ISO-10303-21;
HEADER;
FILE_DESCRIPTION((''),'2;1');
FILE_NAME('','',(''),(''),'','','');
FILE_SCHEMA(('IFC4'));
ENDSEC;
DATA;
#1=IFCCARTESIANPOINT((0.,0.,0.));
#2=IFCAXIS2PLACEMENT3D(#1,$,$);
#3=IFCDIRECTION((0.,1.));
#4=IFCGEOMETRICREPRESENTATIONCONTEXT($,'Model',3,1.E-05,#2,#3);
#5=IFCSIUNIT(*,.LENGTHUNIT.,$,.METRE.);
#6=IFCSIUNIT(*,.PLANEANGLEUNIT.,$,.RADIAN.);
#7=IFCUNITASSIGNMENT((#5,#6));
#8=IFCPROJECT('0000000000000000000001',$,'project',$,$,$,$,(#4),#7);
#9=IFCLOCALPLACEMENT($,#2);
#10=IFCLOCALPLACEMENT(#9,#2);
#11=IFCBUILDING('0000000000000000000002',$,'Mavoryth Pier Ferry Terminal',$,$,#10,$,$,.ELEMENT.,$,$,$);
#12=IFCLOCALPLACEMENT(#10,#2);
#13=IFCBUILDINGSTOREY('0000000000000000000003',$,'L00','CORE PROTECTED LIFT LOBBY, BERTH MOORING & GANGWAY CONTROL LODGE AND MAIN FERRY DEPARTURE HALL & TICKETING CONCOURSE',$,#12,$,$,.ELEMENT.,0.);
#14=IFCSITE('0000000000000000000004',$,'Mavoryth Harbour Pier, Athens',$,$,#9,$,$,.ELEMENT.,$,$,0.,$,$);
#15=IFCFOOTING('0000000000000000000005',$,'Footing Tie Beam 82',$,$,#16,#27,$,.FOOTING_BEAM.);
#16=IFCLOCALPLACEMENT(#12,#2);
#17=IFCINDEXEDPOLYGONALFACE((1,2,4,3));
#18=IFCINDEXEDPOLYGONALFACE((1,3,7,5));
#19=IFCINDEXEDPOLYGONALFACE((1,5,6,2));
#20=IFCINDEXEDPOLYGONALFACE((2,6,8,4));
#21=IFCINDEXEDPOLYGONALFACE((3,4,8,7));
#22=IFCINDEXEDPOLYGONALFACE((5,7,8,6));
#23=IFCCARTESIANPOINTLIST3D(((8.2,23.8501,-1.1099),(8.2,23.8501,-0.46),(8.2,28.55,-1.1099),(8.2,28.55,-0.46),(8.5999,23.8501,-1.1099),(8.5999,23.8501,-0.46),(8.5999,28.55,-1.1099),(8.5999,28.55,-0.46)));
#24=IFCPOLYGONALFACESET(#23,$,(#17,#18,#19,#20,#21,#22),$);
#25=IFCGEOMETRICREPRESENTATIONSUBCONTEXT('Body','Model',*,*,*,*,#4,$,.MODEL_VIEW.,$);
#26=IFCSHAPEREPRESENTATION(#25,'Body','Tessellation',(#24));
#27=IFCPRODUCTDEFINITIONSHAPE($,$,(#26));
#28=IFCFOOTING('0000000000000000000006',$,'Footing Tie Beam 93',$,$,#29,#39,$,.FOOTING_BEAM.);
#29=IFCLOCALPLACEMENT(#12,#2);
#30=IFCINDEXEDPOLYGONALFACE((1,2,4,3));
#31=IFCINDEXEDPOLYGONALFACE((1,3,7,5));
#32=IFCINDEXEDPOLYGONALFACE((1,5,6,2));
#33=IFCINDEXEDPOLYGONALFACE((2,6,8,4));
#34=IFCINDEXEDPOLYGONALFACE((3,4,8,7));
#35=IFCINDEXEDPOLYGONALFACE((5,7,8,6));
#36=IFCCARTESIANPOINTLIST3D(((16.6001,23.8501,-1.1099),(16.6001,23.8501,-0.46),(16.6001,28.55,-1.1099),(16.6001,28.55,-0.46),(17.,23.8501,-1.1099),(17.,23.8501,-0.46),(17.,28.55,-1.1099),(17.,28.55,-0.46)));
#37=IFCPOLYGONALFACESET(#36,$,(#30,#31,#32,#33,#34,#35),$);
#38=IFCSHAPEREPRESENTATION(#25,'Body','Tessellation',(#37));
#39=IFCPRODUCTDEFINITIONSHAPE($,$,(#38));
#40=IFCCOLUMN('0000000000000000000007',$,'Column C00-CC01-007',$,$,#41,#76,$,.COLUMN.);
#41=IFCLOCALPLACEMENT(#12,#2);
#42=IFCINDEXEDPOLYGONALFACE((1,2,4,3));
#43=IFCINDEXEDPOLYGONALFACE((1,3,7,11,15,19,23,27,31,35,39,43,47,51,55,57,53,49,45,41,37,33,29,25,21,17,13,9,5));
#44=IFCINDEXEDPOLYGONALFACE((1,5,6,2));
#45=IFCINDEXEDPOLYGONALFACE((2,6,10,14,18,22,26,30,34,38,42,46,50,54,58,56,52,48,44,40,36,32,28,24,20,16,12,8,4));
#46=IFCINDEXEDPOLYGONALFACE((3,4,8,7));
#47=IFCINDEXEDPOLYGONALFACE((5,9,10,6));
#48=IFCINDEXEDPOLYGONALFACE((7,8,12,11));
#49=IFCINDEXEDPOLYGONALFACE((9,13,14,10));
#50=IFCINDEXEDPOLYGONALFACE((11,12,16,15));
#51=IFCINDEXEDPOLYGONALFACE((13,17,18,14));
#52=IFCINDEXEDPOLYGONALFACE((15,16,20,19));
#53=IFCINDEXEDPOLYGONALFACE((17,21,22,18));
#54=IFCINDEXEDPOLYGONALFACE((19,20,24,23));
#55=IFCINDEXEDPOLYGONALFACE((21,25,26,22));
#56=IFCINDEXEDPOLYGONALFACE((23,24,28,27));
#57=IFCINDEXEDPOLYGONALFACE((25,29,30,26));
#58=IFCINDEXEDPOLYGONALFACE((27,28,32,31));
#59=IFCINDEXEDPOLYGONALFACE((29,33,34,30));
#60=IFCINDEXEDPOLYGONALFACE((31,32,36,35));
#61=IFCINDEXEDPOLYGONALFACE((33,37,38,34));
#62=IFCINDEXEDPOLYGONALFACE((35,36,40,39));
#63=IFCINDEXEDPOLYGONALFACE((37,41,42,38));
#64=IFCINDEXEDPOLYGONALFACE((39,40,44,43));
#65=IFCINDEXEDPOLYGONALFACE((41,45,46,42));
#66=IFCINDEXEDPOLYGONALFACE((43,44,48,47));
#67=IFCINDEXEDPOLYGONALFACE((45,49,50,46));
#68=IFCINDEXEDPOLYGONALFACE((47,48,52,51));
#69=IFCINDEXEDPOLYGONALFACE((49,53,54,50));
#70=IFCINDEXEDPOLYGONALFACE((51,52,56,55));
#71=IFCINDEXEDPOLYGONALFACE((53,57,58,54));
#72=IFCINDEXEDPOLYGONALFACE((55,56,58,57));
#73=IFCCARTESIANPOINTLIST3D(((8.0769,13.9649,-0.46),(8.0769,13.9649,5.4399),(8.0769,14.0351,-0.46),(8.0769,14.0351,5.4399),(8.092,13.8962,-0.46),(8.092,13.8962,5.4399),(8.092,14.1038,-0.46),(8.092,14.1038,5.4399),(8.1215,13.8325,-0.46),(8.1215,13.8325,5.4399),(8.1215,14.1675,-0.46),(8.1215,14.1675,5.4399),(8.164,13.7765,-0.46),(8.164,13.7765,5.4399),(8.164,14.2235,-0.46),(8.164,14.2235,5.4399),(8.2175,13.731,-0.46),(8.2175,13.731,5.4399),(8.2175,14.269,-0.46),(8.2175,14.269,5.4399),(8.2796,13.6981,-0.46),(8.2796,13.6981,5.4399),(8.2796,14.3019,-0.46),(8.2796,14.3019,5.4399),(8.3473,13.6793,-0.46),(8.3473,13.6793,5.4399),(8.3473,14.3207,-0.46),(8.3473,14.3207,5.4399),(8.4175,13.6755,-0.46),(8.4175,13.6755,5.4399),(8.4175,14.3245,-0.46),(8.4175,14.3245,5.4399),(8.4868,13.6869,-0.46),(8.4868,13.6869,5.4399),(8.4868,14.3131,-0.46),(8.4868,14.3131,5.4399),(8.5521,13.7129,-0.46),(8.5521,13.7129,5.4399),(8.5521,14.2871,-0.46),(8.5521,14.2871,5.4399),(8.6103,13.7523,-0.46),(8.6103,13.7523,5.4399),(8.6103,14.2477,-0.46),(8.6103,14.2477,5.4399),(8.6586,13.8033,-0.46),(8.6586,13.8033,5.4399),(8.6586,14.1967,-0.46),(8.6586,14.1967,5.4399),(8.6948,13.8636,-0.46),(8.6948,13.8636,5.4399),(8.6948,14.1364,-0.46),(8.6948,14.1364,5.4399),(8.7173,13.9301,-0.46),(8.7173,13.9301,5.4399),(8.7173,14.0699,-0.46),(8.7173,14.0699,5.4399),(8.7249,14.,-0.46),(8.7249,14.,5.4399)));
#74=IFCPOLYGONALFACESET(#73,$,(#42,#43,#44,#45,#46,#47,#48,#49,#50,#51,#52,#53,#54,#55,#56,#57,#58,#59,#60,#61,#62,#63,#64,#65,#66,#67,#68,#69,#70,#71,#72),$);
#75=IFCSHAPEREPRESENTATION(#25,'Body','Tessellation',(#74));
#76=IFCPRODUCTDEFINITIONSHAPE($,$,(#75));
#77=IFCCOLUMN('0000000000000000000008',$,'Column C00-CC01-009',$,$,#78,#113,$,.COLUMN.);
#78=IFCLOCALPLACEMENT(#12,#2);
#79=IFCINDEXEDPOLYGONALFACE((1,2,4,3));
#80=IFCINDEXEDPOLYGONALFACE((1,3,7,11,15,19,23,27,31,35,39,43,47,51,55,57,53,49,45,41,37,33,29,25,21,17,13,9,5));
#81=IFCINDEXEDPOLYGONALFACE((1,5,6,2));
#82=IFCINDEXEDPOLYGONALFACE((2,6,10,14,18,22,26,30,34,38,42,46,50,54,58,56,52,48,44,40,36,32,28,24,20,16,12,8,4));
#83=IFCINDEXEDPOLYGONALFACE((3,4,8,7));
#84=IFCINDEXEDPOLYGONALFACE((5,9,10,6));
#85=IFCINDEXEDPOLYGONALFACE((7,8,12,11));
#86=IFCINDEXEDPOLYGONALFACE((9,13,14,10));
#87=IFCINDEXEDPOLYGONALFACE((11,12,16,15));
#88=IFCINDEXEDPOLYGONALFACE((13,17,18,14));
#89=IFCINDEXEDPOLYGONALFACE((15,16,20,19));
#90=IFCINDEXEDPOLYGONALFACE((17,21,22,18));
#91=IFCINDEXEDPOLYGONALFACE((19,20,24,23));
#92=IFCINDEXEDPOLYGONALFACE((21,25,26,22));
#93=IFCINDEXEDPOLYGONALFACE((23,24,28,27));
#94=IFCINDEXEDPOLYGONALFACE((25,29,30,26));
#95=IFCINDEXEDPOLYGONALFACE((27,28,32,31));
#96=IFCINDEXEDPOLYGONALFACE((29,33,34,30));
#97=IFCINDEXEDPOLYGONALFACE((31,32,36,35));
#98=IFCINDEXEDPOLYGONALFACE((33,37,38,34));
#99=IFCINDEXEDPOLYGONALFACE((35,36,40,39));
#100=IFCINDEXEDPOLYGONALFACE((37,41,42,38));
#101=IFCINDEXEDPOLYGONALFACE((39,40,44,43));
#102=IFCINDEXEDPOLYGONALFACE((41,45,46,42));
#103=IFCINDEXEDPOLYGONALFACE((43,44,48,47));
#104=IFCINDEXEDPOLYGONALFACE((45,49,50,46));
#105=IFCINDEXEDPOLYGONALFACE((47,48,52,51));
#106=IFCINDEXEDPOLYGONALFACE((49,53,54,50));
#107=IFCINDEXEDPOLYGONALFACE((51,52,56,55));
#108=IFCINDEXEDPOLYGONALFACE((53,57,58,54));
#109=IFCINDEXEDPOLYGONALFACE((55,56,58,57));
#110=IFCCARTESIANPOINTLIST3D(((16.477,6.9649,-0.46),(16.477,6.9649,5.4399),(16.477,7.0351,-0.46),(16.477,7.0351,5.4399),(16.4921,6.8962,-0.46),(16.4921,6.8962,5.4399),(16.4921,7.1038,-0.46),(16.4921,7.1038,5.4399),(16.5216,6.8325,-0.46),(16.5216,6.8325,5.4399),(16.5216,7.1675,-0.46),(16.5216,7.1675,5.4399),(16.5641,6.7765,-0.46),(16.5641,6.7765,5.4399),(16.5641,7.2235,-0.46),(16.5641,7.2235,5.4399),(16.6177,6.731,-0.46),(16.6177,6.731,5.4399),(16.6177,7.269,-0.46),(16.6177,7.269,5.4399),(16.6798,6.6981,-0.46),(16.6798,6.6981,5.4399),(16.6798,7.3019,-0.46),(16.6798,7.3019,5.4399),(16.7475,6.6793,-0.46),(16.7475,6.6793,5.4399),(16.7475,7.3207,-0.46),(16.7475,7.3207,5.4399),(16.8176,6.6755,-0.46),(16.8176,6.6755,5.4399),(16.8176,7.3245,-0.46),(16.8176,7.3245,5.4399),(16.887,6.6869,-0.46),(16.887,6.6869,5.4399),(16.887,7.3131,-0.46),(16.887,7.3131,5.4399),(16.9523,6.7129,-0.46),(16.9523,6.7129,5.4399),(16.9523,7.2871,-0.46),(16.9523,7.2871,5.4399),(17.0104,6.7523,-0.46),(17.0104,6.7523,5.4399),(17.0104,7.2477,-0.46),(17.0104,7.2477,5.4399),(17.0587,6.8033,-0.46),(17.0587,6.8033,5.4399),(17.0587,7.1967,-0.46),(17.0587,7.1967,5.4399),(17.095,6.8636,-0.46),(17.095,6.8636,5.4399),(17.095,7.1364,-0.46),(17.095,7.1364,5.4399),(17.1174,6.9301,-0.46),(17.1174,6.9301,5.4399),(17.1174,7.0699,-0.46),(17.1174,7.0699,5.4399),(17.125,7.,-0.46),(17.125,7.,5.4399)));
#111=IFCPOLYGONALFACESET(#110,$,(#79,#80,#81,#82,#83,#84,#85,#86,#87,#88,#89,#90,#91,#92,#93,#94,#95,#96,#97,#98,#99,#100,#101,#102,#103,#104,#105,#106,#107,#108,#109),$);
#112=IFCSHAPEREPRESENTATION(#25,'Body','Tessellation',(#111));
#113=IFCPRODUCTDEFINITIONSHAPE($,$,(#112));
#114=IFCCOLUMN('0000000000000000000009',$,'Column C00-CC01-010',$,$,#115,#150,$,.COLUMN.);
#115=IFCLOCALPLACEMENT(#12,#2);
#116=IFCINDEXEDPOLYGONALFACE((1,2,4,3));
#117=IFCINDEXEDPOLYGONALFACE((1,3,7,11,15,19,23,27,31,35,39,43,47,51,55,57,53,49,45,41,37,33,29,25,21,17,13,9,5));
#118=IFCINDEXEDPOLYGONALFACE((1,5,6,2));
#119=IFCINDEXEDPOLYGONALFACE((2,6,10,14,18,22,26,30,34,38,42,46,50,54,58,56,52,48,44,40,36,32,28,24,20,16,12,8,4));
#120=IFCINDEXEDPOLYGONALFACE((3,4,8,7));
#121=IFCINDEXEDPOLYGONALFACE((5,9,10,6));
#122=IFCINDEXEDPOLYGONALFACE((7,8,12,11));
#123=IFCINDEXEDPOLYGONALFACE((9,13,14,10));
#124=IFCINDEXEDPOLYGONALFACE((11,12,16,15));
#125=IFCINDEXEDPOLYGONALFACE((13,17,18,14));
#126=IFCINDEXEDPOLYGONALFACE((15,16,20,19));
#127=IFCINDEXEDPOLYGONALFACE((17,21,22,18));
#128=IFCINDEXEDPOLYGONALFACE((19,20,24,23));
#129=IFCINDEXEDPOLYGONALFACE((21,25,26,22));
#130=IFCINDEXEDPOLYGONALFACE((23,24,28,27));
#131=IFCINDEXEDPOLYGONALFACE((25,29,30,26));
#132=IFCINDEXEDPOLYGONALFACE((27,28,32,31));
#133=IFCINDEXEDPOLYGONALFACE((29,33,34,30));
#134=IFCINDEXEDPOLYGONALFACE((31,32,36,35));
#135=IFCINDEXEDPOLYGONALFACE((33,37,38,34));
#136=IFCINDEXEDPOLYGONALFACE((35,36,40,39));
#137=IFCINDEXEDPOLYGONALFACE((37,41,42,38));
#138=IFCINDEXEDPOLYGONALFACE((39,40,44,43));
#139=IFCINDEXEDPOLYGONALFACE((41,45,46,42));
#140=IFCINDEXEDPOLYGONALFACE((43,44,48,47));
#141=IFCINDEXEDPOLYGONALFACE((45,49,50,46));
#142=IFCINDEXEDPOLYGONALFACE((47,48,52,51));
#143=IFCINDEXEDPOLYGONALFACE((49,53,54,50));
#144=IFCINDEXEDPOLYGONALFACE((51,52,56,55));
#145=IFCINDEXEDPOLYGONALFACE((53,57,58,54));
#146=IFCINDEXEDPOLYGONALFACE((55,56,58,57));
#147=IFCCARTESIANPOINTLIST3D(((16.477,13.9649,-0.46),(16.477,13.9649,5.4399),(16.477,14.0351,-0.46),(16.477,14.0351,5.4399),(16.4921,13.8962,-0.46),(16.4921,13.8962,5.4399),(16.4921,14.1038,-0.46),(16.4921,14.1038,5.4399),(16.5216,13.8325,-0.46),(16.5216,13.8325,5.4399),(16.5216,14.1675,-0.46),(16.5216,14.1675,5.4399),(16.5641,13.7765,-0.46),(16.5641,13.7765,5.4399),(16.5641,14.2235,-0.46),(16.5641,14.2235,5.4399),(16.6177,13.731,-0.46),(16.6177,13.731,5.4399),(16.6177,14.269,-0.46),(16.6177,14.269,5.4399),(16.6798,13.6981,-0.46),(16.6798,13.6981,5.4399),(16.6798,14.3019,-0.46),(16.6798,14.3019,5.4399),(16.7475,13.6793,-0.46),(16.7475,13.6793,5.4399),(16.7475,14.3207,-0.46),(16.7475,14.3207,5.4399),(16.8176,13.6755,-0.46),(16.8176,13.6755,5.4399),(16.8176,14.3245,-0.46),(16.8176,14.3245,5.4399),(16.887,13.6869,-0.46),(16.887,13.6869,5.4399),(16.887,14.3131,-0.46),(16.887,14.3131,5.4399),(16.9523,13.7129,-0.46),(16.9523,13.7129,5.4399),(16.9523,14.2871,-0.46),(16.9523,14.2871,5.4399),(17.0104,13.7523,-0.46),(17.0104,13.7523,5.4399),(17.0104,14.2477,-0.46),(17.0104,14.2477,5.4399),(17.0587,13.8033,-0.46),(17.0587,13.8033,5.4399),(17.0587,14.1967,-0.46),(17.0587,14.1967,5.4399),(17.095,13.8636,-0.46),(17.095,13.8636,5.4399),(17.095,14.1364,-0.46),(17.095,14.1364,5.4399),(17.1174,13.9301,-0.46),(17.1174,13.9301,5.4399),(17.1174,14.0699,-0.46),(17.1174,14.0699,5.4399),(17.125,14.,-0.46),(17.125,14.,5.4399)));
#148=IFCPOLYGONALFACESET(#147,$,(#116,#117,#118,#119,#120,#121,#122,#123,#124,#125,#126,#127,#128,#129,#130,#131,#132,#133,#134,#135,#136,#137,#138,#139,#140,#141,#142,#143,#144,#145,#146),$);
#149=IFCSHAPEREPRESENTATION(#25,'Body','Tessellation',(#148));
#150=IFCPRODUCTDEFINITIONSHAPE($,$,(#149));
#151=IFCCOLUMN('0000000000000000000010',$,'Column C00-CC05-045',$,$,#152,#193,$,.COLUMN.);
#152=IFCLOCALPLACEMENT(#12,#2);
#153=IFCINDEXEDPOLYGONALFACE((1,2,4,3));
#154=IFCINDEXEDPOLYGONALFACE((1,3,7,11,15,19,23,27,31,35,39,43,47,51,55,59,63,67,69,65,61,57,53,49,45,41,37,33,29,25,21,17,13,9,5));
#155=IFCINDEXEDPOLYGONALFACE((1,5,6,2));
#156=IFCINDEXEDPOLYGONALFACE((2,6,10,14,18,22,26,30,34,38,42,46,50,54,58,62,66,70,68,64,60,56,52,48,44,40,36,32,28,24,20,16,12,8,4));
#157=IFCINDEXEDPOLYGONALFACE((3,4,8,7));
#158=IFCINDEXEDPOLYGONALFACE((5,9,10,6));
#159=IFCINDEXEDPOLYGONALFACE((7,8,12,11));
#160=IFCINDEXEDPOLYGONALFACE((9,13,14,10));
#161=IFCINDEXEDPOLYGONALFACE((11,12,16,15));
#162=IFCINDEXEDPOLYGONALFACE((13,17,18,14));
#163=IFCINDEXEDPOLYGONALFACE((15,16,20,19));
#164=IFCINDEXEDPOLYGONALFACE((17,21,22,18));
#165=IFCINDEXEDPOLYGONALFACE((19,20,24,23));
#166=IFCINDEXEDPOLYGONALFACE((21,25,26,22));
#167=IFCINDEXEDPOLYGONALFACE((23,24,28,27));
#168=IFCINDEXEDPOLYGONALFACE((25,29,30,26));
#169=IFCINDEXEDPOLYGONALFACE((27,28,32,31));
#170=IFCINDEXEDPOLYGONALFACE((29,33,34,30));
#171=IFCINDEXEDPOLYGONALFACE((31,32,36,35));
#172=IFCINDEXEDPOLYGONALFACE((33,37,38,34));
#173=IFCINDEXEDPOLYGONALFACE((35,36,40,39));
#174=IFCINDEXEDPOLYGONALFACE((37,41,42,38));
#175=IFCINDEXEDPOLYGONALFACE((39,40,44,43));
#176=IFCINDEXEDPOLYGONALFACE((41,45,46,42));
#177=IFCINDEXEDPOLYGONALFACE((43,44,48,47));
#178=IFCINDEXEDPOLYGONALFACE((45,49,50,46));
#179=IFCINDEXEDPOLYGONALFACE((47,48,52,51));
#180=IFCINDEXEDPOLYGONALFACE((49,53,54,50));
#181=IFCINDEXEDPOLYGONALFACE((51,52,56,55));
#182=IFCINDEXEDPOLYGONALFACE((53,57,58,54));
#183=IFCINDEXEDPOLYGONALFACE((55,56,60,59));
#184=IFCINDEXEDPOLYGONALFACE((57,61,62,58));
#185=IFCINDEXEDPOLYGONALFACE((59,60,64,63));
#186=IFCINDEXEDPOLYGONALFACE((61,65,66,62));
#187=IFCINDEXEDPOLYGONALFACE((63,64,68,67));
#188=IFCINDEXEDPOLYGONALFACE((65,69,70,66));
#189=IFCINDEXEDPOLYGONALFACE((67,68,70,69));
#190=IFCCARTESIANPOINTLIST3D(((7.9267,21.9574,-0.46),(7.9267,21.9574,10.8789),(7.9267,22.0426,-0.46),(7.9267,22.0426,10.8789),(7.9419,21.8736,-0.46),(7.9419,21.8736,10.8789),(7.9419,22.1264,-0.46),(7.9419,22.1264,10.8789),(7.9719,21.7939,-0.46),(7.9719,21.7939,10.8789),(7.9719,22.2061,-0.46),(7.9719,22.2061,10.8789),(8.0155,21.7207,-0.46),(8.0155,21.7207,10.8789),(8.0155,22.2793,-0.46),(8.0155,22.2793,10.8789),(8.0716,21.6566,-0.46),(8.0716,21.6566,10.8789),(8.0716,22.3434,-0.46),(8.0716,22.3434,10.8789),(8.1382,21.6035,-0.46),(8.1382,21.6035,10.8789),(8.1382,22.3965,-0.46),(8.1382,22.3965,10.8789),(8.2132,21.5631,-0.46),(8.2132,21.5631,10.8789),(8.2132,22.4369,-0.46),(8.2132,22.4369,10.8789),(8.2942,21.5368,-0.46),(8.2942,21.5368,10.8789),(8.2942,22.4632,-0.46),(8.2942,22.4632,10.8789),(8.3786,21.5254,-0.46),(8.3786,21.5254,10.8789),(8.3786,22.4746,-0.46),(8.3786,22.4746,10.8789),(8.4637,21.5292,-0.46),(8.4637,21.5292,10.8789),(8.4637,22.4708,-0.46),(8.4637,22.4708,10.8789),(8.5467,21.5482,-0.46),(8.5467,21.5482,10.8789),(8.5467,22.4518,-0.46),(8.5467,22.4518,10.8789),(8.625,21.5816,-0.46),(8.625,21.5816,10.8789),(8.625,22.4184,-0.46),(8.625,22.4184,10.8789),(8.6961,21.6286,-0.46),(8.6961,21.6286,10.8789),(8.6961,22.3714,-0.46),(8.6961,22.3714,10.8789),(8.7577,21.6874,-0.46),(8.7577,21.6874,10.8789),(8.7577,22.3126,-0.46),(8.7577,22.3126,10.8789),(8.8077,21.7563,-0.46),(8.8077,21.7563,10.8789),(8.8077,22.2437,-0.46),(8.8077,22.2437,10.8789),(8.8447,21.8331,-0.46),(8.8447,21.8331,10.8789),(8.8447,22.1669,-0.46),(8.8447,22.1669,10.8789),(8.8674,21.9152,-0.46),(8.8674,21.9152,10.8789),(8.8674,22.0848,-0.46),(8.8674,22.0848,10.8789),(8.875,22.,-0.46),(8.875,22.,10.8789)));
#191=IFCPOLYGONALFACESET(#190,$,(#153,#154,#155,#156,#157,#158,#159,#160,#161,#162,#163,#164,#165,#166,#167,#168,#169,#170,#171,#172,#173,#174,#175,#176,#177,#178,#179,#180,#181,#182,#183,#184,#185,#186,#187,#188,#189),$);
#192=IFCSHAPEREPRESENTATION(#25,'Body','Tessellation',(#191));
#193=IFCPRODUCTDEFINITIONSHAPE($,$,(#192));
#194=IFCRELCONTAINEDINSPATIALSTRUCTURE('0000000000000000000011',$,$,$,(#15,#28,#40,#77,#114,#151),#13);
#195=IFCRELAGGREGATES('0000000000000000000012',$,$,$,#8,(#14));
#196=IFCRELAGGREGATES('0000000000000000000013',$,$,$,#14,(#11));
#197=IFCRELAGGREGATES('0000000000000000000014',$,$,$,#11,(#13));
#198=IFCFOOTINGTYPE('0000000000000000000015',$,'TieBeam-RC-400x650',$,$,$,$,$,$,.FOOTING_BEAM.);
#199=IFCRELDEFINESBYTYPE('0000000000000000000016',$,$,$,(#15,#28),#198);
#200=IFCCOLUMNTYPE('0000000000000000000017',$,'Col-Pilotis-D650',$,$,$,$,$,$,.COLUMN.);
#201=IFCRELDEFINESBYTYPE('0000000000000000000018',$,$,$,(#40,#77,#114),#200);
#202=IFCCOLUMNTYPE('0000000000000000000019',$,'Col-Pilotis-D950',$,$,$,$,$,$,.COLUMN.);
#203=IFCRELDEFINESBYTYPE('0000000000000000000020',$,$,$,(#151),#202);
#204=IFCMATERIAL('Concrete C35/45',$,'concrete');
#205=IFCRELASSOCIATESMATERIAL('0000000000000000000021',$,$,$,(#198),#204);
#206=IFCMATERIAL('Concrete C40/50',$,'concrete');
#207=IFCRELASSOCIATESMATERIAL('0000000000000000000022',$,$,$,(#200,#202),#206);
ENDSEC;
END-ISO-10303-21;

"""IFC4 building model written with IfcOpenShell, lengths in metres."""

from ifc_helpers import new_model, si_unit, direction, frame, origin, origin_2d, place, context, subcontext, project, spatial, rectangle, circle, extrude, material, material_profile, profile_set, type_object, element, save


model = new_model("IFC4")

# Units and contexts
model_context = context("Model", 3, precision=1e-05, world=origin(), true_north=direction((0.0, 1.0)))
body_context = subcontext(model_context, "Body", "Model", "MODEL_VIEW")
ifc_project = project(units=[si_unit("LENGTHUNIT", "METRE"), si_unit("PLANEANGLEUNIT", "RADIAN")], contexts=[model_context])

# Site, building, storey
site_placement = place(None, origin())
site = spatial("IfcSite", under=ifc_project, at=site_placement, Name="Mavoryth Harbour Pier, Athens", CompositionType="ELEMENT", RefElevation=0.0)
building_placement = place(site_placement, origin())
building = spatial("IfcBuilding", under=site, at=building_placement, Name="Mavoryth Pier Ferry Terminal", CompositionType="ELEMENT")
storey_placement = place(building_placement, origin())
storey = spatial("IfcBuildingStorey", under=building, at=storey_placement, Name="L00", Description="CORE PROTECTED LIFT LOBBY, BERTH MOORING & GANGWAY CONTROL LODGE AND MAIN FERRY DEPARTURE HALL & TICKETING CONCOURSE", CompositionType="ELEMENT", Elevation=0.0)

# Shared definitions
ifc_material_1 = material(Name="Concrete C35/45", Category="concrete")

# Footings
ifc_material_profile_1 = material_profile(ifc_material_1, rectangle(XDim=0.3999, YDim=0.6499, at=origin_2d()), Name="RC 400x650", Category="concrete")
ifc_profile_set_1 = profile_set([ifc_material_profile_1], Name="Concrete C35/45 - RC 400x650")
footing_type_1 = type_object("IfcFootingType", Name="TieBeam-RC-400x650", PredefinedType="FOOTING_BEAM", material=ifc_profile_set_1)
for number, where, z_axis, x_axis, name in (
    (1, (8.3999, 23.8501, -0.7849), (0.0, 1.0, 0.0), (-1.0, 0.0, 0.0), "Footing Tie Beam 82"),
    (2, (16.8, 23.8501, -0.7849), (0.0, 1.0, 0.0), (-1.0, 0.0, 0.0), "Footing Tie Beam 93"),
):
    element("IfcFooting", number, at=place(storey_placement, frame(where, z_axis=z_axis, x_axis=x_axis)), inside=storey, type_object=footing_type_1, Name=name, PredefinedType="FOOTING_BEAM", context=body_context, shape_type="SweptSolid", body=[
        extrude(rectangle(XDim=0.3999, YDim=0.6499, at=origin_2d()), origin(), (0.0, 0.0, 1.0), 4.7),
    ])

# Columns
ifc_material_2 = material(Name="Concrete C40/50", Category="concrete")
ifc_material_profile_2 = material_profile(ifc_material_2, circle(Radius=0.325, at=origin_2d()), Name="RC D650", Category="concrete")
ifc_profile_set_2 = profile_set([ifc_material_profile_2], Name="Concrete C40/50 - RC D650")
column_type_1 = type_object("IfcColumnType", Name="Col-Pilotis-D650", PredefinedType="COLUMN", material=ifc_profile_set_2)
for number, where, z_axis, x_axis, name in (
    (3, (8.3999, 14.0, -0.46), (0.0, 0.0, 1.0), (1.0, 0.0, 0.0), "Column C00-CC01-007"),
    (4, (16.8, 7.0, -0.46), (0.0, 0.0, 1.0), (1.0, 0.0, 0.0), "Column C00-CC01-009"),
    (5, (16.8, 14.0, -0.46), (0.0, 0.0, 1.0), (1.0, 0.0, 0.0), "Column C00-CC01-010"),
):
    element("IfcColumn", number, at=place(storey_placement, frame(where, z_axis=z_axis, x_axis=x_axis)), inside=storey, type_object=column_type_1, Name=name, PredefinedType="COLUMN", context=body_context, shape_type="SweptSolid", body=[
        extrude(circle(Radius=0.325, at=origin_2d()), origin(), (0.0, 0.0, 1.0), 5.8999),
    ])
ifc_material_profile_3 = material_profile(ifc_material_2, circle(Radius=0.4751, at=origin_2d()), Name="RC D950", Category="concrete")
ifc_profile_set_3 = profile_set([ifc_material_profile_3], Name="Concrete C40/50 - RC D950")
column_type_2 = type_object("IfcColumnType", Name="Col-Pilotis-D950", PredefinedType="COLUMN", material=ifc_profile_set_3)
column_1_placement = place(storey_placement, frame((8.3999, 22.0, -0.46), z_axis=(0.0, 0.0, 1.0), x_axis=(1.0, 0.0, 0.0)))
element("IfcColumn", 6, at=column_1_placement, inside=storey, type_object=column_type_2, Name="Column C00-CC05-045", PredefinedType="COLUMN", context=body_context, shape_type="SweptSolid", body=[
    extrude(circle(Radius=0.4751, at=origin_2d()), origin(), (0.0, 0.0, 1.0), 11.3389),
])

save(model, "model.ifc")
